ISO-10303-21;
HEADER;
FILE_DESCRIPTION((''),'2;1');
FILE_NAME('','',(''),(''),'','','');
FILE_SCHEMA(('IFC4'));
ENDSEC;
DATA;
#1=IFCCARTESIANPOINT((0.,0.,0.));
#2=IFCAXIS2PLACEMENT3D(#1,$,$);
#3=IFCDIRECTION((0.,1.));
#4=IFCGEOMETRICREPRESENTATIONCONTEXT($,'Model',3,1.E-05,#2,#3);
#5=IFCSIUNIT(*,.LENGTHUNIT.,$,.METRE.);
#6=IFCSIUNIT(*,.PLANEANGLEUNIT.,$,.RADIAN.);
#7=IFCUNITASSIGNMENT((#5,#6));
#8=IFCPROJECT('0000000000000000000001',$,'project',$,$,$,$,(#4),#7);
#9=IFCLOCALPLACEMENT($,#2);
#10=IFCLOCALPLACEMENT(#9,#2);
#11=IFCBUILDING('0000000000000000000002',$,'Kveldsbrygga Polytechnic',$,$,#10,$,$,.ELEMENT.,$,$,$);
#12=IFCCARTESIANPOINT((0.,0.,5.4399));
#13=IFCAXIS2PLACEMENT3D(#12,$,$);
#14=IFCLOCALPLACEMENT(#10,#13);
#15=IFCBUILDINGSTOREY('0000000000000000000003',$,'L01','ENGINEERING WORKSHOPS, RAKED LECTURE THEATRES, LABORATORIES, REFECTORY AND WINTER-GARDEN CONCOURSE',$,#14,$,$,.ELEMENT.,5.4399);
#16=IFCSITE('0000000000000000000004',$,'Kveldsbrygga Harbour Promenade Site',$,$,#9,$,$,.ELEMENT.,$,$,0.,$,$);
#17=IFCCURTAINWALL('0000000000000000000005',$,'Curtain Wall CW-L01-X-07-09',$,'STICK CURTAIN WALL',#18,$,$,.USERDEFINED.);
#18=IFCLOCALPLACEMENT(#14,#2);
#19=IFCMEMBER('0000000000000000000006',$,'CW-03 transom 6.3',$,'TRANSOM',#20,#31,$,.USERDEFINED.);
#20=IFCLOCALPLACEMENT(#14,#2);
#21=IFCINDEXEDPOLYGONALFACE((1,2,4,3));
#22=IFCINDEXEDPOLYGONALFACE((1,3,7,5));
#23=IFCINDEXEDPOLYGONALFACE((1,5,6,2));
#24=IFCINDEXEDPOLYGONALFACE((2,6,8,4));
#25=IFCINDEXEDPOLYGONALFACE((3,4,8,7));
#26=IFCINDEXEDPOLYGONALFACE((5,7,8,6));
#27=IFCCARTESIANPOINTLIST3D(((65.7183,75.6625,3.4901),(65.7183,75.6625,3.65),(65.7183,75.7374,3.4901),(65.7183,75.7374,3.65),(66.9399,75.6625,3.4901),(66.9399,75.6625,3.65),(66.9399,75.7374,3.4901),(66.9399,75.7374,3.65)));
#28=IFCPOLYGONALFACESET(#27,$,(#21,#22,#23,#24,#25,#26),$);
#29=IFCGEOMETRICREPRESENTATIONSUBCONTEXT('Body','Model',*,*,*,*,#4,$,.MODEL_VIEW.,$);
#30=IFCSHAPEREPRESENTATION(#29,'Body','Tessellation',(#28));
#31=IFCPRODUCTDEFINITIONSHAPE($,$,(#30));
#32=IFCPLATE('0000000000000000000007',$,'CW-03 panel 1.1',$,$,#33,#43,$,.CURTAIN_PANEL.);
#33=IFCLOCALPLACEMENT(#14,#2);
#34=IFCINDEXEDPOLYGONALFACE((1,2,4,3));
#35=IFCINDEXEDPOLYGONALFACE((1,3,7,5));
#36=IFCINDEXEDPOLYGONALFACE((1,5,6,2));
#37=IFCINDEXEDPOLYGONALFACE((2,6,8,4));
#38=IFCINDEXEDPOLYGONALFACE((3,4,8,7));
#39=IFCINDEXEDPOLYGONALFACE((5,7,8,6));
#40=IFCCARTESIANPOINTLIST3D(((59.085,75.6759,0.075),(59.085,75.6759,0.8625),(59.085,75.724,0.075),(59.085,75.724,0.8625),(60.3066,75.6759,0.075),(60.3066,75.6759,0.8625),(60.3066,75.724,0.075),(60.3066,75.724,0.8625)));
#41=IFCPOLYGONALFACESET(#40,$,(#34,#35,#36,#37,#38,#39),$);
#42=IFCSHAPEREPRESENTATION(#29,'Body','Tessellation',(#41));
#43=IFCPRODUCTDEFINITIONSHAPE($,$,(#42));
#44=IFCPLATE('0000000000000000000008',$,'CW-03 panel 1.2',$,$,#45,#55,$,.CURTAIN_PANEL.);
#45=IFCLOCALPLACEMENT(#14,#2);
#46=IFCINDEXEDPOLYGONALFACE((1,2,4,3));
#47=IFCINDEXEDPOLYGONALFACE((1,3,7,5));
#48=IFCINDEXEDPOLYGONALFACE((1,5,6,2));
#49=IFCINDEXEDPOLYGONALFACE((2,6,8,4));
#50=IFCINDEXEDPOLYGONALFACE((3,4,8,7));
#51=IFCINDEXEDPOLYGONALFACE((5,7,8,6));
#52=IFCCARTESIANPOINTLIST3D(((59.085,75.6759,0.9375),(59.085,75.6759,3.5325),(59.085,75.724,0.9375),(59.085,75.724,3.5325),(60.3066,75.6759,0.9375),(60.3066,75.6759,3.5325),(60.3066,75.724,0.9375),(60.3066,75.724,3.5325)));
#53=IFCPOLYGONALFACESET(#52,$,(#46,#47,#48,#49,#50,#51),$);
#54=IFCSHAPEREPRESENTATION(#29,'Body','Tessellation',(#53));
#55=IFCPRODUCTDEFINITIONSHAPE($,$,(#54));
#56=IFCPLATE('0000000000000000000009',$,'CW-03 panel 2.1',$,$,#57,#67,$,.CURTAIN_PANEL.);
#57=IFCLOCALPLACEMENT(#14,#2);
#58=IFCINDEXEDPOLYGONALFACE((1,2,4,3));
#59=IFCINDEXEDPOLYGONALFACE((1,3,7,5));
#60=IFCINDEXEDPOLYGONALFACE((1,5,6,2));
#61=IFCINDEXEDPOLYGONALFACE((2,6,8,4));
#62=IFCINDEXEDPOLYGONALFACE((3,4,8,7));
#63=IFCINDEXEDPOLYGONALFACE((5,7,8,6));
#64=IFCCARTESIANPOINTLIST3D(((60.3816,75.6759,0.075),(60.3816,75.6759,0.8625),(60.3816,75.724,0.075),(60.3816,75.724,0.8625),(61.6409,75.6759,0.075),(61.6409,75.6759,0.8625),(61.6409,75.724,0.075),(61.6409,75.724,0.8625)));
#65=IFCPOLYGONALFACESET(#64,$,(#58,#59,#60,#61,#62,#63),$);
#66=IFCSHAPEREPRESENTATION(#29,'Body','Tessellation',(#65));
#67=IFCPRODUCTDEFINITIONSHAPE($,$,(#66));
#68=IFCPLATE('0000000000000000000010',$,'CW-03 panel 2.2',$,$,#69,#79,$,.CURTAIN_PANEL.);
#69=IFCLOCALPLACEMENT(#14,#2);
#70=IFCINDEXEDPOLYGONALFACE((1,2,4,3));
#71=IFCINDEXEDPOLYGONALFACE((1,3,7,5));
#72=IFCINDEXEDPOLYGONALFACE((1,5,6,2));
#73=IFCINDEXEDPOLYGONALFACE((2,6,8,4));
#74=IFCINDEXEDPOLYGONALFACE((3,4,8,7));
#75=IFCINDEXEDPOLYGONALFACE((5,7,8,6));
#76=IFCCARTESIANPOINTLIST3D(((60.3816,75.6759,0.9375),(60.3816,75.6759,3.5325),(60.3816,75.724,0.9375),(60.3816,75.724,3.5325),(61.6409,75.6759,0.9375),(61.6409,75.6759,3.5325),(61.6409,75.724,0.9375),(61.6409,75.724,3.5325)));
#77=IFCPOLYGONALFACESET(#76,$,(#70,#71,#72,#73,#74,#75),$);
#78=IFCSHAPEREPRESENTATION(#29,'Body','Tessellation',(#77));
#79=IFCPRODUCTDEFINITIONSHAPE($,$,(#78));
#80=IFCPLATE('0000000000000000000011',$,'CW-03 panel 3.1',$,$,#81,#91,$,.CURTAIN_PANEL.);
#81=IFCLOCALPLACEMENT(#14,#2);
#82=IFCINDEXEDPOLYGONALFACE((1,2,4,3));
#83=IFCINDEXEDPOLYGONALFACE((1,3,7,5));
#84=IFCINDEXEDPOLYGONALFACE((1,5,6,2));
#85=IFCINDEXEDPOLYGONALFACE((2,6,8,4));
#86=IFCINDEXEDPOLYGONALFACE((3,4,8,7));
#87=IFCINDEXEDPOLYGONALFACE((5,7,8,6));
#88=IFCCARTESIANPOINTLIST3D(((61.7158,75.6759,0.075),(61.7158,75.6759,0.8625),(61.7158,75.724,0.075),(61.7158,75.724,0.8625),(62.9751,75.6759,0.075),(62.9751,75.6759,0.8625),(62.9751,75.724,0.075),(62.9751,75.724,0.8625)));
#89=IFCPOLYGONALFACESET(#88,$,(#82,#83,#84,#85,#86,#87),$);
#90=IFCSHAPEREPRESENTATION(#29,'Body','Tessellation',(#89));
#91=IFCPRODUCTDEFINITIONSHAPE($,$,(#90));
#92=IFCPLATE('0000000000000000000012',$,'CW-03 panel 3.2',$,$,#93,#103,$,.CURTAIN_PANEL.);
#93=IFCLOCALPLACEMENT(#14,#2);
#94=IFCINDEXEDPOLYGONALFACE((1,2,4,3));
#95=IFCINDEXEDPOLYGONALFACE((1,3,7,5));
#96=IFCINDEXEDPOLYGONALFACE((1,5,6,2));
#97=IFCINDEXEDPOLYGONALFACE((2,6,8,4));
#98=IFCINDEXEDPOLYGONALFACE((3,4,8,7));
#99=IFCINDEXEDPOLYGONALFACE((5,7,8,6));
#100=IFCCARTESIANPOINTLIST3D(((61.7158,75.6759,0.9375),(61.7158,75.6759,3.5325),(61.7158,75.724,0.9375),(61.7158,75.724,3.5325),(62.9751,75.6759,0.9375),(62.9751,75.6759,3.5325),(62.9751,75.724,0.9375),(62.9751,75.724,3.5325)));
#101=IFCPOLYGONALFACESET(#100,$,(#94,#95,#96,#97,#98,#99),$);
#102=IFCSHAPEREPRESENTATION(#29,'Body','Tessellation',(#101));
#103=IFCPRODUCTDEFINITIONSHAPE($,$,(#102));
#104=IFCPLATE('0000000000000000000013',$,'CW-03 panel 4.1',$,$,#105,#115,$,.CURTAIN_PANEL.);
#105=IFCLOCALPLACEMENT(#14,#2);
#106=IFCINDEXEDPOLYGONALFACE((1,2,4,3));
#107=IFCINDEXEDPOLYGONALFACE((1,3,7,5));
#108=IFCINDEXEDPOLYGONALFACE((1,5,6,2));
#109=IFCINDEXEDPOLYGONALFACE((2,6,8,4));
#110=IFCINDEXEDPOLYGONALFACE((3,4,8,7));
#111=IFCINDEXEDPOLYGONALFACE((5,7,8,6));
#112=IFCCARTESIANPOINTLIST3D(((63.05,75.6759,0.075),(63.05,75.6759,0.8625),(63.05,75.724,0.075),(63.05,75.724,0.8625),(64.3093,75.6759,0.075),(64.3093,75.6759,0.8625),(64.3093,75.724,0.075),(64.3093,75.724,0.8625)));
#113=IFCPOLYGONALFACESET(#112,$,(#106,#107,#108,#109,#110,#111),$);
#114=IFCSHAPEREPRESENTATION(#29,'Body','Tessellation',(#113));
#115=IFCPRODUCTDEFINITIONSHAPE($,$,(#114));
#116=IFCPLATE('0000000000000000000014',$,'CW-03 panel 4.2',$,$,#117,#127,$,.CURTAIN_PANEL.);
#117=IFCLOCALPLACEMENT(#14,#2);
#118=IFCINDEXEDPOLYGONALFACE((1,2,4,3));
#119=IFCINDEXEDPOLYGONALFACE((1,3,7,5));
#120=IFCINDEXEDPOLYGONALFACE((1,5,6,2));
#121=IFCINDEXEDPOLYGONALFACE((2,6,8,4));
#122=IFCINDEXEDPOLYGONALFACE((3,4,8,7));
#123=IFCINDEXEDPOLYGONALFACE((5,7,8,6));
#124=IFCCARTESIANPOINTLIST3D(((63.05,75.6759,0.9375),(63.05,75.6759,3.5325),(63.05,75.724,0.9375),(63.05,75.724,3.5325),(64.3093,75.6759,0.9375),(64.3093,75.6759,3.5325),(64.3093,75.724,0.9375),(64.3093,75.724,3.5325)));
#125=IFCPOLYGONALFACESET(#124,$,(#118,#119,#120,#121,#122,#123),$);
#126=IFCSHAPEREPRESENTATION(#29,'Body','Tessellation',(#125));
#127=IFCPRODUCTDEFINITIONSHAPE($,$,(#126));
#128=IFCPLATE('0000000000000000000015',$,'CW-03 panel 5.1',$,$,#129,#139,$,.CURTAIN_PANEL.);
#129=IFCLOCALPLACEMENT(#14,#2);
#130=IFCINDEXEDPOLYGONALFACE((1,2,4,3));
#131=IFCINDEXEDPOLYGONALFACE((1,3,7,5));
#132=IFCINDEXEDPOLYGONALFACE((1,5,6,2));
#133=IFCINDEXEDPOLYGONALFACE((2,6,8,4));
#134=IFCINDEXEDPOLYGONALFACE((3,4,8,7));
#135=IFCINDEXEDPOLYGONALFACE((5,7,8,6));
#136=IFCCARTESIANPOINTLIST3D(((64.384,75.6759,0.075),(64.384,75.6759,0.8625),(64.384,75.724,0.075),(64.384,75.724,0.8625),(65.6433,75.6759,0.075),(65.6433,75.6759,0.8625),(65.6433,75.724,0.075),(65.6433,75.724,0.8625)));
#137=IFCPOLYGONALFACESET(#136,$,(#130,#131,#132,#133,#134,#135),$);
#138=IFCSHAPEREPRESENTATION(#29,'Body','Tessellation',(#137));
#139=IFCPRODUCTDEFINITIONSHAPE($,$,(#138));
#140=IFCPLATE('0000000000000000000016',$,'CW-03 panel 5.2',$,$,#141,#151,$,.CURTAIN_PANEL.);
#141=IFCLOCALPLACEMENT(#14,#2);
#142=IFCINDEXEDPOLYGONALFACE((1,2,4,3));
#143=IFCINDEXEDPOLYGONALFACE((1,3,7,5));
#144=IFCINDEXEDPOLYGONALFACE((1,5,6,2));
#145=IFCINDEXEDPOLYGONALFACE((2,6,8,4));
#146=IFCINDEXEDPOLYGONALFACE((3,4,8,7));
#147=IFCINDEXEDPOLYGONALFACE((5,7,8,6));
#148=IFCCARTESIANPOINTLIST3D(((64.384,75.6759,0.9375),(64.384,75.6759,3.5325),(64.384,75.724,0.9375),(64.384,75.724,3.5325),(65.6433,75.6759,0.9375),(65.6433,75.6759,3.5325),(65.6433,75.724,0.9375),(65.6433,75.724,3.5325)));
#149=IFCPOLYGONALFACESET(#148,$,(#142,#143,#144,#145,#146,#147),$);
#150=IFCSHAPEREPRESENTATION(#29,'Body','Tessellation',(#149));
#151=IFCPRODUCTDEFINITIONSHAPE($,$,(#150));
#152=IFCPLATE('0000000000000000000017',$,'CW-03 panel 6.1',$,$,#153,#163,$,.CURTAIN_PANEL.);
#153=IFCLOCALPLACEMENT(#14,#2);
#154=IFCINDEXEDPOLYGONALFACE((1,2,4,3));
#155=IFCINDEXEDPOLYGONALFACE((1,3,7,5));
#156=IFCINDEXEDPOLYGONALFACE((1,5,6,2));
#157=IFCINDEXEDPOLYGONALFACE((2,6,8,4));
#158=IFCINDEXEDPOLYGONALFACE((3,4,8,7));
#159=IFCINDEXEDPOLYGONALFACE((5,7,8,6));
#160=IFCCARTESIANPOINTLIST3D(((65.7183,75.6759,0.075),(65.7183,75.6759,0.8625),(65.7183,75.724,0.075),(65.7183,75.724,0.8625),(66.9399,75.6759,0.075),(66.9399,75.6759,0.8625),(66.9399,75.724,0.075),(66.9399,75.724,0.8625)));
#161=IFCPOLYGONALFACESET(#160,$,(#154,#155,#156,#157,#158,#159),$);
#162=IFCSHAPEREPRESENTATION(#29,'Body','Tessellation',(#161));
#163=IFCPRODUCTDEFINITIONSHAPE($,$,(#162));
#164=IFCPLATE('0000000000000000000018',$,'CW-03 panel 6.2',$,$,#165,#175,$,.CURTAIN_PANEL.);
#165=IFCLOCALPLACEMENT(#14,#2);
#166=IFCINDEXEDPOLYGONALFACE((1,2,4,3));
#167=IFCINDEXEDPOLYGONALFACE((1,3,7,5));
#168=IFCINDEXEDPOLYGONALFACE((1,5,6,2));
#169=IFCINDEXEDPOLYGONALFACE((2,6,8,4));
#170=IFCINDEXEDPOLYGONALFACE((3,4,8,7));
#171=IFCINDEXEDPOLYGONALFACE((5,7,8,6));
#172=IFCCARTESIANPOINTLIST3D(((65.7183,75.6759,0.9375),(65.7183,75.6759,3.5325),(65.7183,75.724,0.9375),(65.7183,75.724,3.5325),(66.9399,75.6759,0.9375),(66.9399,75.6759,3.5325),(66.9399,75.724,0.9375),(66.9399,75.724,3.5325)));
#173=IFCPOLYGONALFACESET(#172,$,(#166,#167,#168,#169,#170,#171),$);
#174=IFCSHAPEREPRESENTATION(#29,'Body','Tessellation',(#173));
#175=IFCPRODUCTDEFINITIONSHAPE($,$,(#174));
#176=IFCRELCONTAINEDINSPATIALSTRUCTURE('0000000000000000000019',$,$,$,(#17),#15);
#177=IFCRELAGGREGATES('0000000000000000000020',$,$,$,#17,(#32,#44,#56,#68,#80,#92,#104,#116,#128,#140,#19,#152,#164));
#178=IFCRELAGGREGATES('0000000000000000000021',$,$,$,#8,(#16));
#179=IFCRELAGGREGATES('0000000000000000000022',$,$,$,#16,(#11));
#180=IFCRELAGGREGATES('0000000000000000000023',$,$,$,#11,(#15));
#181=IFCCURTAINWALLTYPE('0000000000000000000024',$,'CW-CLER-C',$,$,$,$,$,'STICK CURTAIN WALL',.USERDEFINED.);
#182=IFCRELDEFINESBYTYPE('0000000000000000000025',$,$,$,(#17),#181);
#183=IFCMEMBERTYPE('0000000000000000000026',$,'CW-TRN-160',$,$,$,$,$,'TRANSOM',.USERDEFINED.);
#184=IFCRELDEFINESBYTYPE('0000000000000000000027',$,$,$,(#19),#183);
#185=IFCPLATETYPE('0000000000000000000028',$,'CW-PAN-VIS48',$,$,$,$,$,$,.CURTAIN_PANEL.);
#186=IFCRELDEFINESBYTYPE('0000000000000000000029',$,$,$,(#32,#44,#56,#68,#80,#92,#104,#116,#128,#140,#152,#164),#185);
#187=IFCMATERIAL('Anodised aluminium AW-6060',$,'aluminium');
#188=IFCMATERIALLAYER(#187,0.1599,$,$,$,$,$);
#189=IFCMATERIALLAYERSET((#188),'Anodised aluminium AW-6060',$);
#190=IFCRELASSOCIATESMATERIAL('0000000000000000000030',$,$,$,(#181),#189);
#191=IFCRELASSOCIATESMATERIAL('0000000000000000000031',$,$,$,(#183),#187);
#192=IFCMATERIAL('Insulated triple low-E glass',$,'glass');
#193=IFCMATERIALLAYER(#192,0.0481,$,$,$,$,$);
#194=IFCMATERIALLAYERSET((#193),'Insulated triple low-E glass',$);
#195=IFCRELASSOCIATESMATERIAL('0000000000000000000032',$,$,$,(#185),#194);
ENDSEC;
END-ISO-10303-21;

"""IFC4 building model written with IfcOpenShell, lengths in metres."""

from ifc_helpers import new_model, si_unit, direction, frame, origin, origin_2d, place, context, subcontext, project, spatial, rectangle, extrude, material, layer, layer_set, material_profile, profile_set, type_object, element, aggregate, save


model = new_model("IFC4")

# Units and contexts
model_context = context("Model", 3, precision=1e-05, world=origin(), true_north=direction((0.0, 1.0)))
body_context = subcontext(model_context, "Body", "Model", "MODEL_VIEW")
ifc_project = project(units=[si_unit("LENGTHUNIT", "METRE"), si_unit("PLANEANGLEUNIT", "RADIAN")], contexts=[model_context])

# Site, building, storey
site_placement = place(None, origin())
site = spatial("IfcSite", under=ifc_project, at=site_placement, Name="Kveldsbrygga Harbour Promenade Site", CompositionType="ELEMENT", RefElevation=0.0)
building_placement = place(site_placement, origin())
building = spatial("IfcBuilding", under=site, at=building_placement, Name="Kveldsbrygga Polytechnic", CompositionType="ELEMENT")
storey_placement = place(building_placement, frame((0.0, 0.0, 5.4399)))
storey = spatial("IfcBuildingStorey", under=building, at=storey_placement, Name="L01", Description="ENGINEERING WORKSHOPS, RAKED LECTURE THEATRES, LABORATORIES, REFECTORY AND WINTER-GARDEN CONCOURSE", CompositionType="ELEMENT", Elevation=5.4399)

# Curtain wall, member, plates
ifc_material_1 = material(Name="Anodised aluminium AW-6060", Category="aluminium")
ifc_layer_1 = layer(ifc_material_1, 0.1599)
ifc_layer_set_1 = layer_set([ifc_layer_1], Name="Anodised aluminium AW-6060")
curtain_wall_type = type_object("IfcCurtainWallType", Name="CW-CLER-C", ElementType="STICK CURTAIN WALL", PredefinedType="USERDEFINED", material=ifc_layer_set_1)
curtain_wall_placement = place(storey_placement, origin())
curtain_wall = element("IfcCurtainWall", 1, at=curtain_wall_placement, inside=storey, type_object=curtain_wall_type, Name="Curtain Wall CW-L01-X-07-09", ObjectType="STICK CURTAIN WALL", PredefinedType="USERDEFINED")
ifc_material_profile_1 = material_profile(ifc_material_1, rectangle(XDim=0.075, YDim=0.1599, at=origin_2d()), Name="ALU 75x160")
ifc_profile_set_1 = profile_set([ifc_material_profile_1], Name="Anodised aluminium AW-6060")
member_type_1 = type_object("IfcMemberType", Name="CW-TRN-160", ElementType="TRANSOM", PredefinedType="USERDEFINED", material=ifc_profile_set_1)
member_1_placement = place(storey_placement, frame((65.7183, 75.7, 3.5701), z_axis=(1.0, 0.0, 0.0), x_axis=(0.0, 1.0, 0.0)))
member_1 = element("IfcMember", 2, at=member_1_placement, type_object=member_type_1, Name="CW-03 transom 6.3", ObjectType="TRANSOM", PredefinedType="USERDEFINED", context=body_context, shape_type="SweptSolid", body=[
    extrude(rectangle(XDim=0.075, YDim=0.1599, at=origin_2d()), origin(), (0.0, 0.0, 1.0), 1.2217),
])
ifc_material_2 = material(Name="Insulated triple low-E glass", Category="glass")
ifc_layer_2 = layer(ifc_material_2, 0.0481)
ifc_layer_set_2 = layer_set([ifc_layer_2], Name="Insulated triple low-E glass")
plate_type = type_object("IfcPlateType", Name="CW-PAN-VIS48", PredefinedType="CURTAIN_PANEL", material=ifc_layer_set_2)
plate_1_placement = place(storey_placement, frame((59.6958, 75.7, 0.075), z_axis=(0.0, 0.0, 1.0), x_axis=(1.0, 0.0, 0.0)))
plate_1 = element("IfcPlate", 3, at=plate_1_placement, type_object=plate_type, Name="CW-03 panel 1.1", PredefinedType="CURTAIN_PANEL", context=body_context, shape_type="SweptSolid", body=[
    extrude(rectangle(XDim=1.2217, YDim=0.0481, at=origin_2d()), origin(), (0.0, 0.0, 1.0), 0.7876),
])
plate_2_placement = place(storey_placement, frame((59.6958, 75.7, 0.9375), z_axis=(0.0, 0.0, 1.0), x_axis=(1.0, 0.0, 0.0)))
plate_2 = element("IfcPlate", 4, at=plate_2_placement, type_object=plate_type, Name="CW-03 panel 1.2", PredefinedType="CURTAIN_PANEL", context=body_context, shape_type="SweptSolid", body=[
    extrude(rectangle(XDim=1.2217, YDim=0.0481, at=origin_2d()), origin(), (0.0, 0.0, 1.0), 2.595),
])
plate_3_placement = place(storey_placement, frame((61.0112, 75.7, 0.075), z_axis=(0.0, 0.0, 1.0), x_axis=(1.0, 0.0, 0.0)))
plate_3 = element("IfcPlate", 5, at=plate_3_placement, type_object=plate_type, Name="CW-03 panel 2.1", PredefinedType="CURTAIN_PANEL", context=body_context, shape_type="SweptSolid", body=[
    extrude(rectangle(XDim=1.2593, YDim=0.0481, at=origin_2d()), origin(), (0.0, 0.0, 1.0), 0.7876),
])
plate_4_placement = place(storey_placement, frame((61.0112, 75.7, 0.9375), z_axis=(0.0, 0.0, 1.0), x_axis=(1.0, 0.0, 0.0)))
plate_4 = element("IfcPlate", 6, at=plate_4_placement, type_object=plate_type, Name="CW-03 panel 2.2", PredefinedType="CURTAIN_PANEL", context=body_context, shape_type="SweptSolid", body=[
    extrude(rectangle(XDim=1.2593, YDim=0.0481, at=origin_2d()), origin(), (0.0, 0.0, 1.0), 2.595),
])
plate_5_placement = place(storey_placement, frame((62.3455, 75.7, 0.075), z_axis=(0.0, 0.0, 1.0), x_axis=(1.0, 0.0, 0.0)))
plate_5 = element("IfcPlate", 7, at=plate_5_placement, type_object=plate_type, Name="CW-03 panel 3.1", PredefinedType="CURTAIN_PANEL", context=body_context, shape_type="SweptSolid", body=[
    extrude(rectangle(XDim=1.2593, YDim=0.0481, at=origin_2d()), origin(), (0.0, 0.0, 1.0), 0.7876),
])
plate_6_placement = place(storey_placement, frame((62.3455, 75.7, 0.9375), z_axis=(0.0, 0.0, 1.0), x_axis=(1.0, 0.0, 0.0)))
plate_6 = element("IfcPlate", 8, at=plate_6_placement, type_object=plate_type, Name="CW-03 panel 3.2", PredefinedType="CURTAIN_PANEL", context=body_context, shape_type="SweptSolid", body=[
    extrude(rectangle(XDim=1.2593, YDim=0.0481, at=origin_2d()), origin(), (0.0, 0.0, 1.0), 2.595),
])
plate_7_placement = place(storey_placement, frame((63.6797, 75.7, 0.075), z_axis=(0.0, 0.0, 1.0), x_axis=(1.0, 0.0, 0.0)))
plate_7 = element("IfcPlate", 9, at=plate_7_placement, type_object=plate_type, Name="CW-03 panel 4.1", PredefinedType="CURTAIN_PANEL", context=body_context, shape_type="SweptSolid", body=[
    extrude(rectangle(XDim=1.2593, YDim=0.0481, at=origin_2d()), origin(), (0.0, 0.0, 1.0), 0.7876),
])
plate_8_placement = place(storey_placement, frame((63.6797, 75.7, 0.9375), z_axis=(0.0, 0.0, 1.0), x_axis=(1.0, 0.0, 0.0)))
plate_8 = element("IfcPlate", 10, at=plate_8_placement, type_object=plate_type, Name="CW-03 panel 4.2", PredefinedType="CURTAIN_PANEL", context=body_context, shape_type="SweptSolid", body=[
    extrude(rectangle(XDim=1.2593, YDim=0.0481, at=origin_2d()), origin(), (0.0, 0.0, 1.0), 2.595),
])
plate_9_placement = place(storey_placement, frame((65.0137, 75.7, 0.075), z_axis=(0.0, 0.0, 1.0), x_axis=(1.0, 0.0, 0.0)))
plate_9 = element("IfcPlate", 11, at=plate_9_placement, type_object=plate_type, Name="CW-03 panel 5.1", PredefinedType="CURTAIN_PANEL", context=body_context, shape_type="SweptSolid", body=[
    extrude(rectangle(XDim=1.2593, YDim=0.0481, at=origin_2d()), origin(), (0.0, 0.0, 1.0), 0.7876),
])
plate_10_placement = place(storey_placement, frame((65.0137, 75.7, 0.9375), z_axis=(0.0, 0.0, 1.0), x_axis=(1.0, 0.0, 0.0)))
plate_10 = element("IfcPlate", 12, at=plate_10_placement, type_object=plate_type, Name="CW-03 panel 5.2", PredefinedType="CURTAIN_PANEL", context=body_context, shape_type="SweptSolid", body=[
    extrude(rectangle(XDim=1.2593, YDim=0.0481, at=origin_2d()), origin(), (0.0, 0.0, 1.0), 2.595),
])
plate_11_placement = place(storey_placement, frame((66.3291, 75.7, 0.075), z_axis=(0.0, 0.0, 1.0), x_axis=(1.0, 0.0, 0.0)))
plate_11 = element("IfcPlate", 13, at=plate_11_placement, type_object=plate_type, Name="CW-03 panel 6.1", PredefinedType="CURTAIN_PANEL", context=body_context, shape_type="SweptSolid", body=[
    extrude(rectangle(XDim=1.2217, YDim=0.0481, at=origin_2d()), origin(), (0.0, 0.0, 1.0), 0.7876),
])
plate_12_placement = place(storey_placement, frame((66.3291, 75.7, 0.9375), z_axis=(0.0, 0.0, 1.0), x_axis=(1.0, 0.0, 0.0)))
plate_12 = element("IfcPlate", 14, at=plate_12_placement, type_object=plate_type, Name="CW-03 panel 6.2", PredefinedType="CURTAIN_PANEL", context=body_context, shape_type="SweptSolid", body=[
    extrude(rectangle(XDim=1.2217, YDim=0.0481, at=origin_2d()), origin(), (0.0, 0.0, 1.0), 2.595),
])
aggregate(curtain_wall, [plate_1, plate_2, plate_3, plate_4, plate_5, plate_6, plate_7, plate_8, plate_9, plate_10, member_1, plate_11, plate_12])

save(model, "model.ifc")
